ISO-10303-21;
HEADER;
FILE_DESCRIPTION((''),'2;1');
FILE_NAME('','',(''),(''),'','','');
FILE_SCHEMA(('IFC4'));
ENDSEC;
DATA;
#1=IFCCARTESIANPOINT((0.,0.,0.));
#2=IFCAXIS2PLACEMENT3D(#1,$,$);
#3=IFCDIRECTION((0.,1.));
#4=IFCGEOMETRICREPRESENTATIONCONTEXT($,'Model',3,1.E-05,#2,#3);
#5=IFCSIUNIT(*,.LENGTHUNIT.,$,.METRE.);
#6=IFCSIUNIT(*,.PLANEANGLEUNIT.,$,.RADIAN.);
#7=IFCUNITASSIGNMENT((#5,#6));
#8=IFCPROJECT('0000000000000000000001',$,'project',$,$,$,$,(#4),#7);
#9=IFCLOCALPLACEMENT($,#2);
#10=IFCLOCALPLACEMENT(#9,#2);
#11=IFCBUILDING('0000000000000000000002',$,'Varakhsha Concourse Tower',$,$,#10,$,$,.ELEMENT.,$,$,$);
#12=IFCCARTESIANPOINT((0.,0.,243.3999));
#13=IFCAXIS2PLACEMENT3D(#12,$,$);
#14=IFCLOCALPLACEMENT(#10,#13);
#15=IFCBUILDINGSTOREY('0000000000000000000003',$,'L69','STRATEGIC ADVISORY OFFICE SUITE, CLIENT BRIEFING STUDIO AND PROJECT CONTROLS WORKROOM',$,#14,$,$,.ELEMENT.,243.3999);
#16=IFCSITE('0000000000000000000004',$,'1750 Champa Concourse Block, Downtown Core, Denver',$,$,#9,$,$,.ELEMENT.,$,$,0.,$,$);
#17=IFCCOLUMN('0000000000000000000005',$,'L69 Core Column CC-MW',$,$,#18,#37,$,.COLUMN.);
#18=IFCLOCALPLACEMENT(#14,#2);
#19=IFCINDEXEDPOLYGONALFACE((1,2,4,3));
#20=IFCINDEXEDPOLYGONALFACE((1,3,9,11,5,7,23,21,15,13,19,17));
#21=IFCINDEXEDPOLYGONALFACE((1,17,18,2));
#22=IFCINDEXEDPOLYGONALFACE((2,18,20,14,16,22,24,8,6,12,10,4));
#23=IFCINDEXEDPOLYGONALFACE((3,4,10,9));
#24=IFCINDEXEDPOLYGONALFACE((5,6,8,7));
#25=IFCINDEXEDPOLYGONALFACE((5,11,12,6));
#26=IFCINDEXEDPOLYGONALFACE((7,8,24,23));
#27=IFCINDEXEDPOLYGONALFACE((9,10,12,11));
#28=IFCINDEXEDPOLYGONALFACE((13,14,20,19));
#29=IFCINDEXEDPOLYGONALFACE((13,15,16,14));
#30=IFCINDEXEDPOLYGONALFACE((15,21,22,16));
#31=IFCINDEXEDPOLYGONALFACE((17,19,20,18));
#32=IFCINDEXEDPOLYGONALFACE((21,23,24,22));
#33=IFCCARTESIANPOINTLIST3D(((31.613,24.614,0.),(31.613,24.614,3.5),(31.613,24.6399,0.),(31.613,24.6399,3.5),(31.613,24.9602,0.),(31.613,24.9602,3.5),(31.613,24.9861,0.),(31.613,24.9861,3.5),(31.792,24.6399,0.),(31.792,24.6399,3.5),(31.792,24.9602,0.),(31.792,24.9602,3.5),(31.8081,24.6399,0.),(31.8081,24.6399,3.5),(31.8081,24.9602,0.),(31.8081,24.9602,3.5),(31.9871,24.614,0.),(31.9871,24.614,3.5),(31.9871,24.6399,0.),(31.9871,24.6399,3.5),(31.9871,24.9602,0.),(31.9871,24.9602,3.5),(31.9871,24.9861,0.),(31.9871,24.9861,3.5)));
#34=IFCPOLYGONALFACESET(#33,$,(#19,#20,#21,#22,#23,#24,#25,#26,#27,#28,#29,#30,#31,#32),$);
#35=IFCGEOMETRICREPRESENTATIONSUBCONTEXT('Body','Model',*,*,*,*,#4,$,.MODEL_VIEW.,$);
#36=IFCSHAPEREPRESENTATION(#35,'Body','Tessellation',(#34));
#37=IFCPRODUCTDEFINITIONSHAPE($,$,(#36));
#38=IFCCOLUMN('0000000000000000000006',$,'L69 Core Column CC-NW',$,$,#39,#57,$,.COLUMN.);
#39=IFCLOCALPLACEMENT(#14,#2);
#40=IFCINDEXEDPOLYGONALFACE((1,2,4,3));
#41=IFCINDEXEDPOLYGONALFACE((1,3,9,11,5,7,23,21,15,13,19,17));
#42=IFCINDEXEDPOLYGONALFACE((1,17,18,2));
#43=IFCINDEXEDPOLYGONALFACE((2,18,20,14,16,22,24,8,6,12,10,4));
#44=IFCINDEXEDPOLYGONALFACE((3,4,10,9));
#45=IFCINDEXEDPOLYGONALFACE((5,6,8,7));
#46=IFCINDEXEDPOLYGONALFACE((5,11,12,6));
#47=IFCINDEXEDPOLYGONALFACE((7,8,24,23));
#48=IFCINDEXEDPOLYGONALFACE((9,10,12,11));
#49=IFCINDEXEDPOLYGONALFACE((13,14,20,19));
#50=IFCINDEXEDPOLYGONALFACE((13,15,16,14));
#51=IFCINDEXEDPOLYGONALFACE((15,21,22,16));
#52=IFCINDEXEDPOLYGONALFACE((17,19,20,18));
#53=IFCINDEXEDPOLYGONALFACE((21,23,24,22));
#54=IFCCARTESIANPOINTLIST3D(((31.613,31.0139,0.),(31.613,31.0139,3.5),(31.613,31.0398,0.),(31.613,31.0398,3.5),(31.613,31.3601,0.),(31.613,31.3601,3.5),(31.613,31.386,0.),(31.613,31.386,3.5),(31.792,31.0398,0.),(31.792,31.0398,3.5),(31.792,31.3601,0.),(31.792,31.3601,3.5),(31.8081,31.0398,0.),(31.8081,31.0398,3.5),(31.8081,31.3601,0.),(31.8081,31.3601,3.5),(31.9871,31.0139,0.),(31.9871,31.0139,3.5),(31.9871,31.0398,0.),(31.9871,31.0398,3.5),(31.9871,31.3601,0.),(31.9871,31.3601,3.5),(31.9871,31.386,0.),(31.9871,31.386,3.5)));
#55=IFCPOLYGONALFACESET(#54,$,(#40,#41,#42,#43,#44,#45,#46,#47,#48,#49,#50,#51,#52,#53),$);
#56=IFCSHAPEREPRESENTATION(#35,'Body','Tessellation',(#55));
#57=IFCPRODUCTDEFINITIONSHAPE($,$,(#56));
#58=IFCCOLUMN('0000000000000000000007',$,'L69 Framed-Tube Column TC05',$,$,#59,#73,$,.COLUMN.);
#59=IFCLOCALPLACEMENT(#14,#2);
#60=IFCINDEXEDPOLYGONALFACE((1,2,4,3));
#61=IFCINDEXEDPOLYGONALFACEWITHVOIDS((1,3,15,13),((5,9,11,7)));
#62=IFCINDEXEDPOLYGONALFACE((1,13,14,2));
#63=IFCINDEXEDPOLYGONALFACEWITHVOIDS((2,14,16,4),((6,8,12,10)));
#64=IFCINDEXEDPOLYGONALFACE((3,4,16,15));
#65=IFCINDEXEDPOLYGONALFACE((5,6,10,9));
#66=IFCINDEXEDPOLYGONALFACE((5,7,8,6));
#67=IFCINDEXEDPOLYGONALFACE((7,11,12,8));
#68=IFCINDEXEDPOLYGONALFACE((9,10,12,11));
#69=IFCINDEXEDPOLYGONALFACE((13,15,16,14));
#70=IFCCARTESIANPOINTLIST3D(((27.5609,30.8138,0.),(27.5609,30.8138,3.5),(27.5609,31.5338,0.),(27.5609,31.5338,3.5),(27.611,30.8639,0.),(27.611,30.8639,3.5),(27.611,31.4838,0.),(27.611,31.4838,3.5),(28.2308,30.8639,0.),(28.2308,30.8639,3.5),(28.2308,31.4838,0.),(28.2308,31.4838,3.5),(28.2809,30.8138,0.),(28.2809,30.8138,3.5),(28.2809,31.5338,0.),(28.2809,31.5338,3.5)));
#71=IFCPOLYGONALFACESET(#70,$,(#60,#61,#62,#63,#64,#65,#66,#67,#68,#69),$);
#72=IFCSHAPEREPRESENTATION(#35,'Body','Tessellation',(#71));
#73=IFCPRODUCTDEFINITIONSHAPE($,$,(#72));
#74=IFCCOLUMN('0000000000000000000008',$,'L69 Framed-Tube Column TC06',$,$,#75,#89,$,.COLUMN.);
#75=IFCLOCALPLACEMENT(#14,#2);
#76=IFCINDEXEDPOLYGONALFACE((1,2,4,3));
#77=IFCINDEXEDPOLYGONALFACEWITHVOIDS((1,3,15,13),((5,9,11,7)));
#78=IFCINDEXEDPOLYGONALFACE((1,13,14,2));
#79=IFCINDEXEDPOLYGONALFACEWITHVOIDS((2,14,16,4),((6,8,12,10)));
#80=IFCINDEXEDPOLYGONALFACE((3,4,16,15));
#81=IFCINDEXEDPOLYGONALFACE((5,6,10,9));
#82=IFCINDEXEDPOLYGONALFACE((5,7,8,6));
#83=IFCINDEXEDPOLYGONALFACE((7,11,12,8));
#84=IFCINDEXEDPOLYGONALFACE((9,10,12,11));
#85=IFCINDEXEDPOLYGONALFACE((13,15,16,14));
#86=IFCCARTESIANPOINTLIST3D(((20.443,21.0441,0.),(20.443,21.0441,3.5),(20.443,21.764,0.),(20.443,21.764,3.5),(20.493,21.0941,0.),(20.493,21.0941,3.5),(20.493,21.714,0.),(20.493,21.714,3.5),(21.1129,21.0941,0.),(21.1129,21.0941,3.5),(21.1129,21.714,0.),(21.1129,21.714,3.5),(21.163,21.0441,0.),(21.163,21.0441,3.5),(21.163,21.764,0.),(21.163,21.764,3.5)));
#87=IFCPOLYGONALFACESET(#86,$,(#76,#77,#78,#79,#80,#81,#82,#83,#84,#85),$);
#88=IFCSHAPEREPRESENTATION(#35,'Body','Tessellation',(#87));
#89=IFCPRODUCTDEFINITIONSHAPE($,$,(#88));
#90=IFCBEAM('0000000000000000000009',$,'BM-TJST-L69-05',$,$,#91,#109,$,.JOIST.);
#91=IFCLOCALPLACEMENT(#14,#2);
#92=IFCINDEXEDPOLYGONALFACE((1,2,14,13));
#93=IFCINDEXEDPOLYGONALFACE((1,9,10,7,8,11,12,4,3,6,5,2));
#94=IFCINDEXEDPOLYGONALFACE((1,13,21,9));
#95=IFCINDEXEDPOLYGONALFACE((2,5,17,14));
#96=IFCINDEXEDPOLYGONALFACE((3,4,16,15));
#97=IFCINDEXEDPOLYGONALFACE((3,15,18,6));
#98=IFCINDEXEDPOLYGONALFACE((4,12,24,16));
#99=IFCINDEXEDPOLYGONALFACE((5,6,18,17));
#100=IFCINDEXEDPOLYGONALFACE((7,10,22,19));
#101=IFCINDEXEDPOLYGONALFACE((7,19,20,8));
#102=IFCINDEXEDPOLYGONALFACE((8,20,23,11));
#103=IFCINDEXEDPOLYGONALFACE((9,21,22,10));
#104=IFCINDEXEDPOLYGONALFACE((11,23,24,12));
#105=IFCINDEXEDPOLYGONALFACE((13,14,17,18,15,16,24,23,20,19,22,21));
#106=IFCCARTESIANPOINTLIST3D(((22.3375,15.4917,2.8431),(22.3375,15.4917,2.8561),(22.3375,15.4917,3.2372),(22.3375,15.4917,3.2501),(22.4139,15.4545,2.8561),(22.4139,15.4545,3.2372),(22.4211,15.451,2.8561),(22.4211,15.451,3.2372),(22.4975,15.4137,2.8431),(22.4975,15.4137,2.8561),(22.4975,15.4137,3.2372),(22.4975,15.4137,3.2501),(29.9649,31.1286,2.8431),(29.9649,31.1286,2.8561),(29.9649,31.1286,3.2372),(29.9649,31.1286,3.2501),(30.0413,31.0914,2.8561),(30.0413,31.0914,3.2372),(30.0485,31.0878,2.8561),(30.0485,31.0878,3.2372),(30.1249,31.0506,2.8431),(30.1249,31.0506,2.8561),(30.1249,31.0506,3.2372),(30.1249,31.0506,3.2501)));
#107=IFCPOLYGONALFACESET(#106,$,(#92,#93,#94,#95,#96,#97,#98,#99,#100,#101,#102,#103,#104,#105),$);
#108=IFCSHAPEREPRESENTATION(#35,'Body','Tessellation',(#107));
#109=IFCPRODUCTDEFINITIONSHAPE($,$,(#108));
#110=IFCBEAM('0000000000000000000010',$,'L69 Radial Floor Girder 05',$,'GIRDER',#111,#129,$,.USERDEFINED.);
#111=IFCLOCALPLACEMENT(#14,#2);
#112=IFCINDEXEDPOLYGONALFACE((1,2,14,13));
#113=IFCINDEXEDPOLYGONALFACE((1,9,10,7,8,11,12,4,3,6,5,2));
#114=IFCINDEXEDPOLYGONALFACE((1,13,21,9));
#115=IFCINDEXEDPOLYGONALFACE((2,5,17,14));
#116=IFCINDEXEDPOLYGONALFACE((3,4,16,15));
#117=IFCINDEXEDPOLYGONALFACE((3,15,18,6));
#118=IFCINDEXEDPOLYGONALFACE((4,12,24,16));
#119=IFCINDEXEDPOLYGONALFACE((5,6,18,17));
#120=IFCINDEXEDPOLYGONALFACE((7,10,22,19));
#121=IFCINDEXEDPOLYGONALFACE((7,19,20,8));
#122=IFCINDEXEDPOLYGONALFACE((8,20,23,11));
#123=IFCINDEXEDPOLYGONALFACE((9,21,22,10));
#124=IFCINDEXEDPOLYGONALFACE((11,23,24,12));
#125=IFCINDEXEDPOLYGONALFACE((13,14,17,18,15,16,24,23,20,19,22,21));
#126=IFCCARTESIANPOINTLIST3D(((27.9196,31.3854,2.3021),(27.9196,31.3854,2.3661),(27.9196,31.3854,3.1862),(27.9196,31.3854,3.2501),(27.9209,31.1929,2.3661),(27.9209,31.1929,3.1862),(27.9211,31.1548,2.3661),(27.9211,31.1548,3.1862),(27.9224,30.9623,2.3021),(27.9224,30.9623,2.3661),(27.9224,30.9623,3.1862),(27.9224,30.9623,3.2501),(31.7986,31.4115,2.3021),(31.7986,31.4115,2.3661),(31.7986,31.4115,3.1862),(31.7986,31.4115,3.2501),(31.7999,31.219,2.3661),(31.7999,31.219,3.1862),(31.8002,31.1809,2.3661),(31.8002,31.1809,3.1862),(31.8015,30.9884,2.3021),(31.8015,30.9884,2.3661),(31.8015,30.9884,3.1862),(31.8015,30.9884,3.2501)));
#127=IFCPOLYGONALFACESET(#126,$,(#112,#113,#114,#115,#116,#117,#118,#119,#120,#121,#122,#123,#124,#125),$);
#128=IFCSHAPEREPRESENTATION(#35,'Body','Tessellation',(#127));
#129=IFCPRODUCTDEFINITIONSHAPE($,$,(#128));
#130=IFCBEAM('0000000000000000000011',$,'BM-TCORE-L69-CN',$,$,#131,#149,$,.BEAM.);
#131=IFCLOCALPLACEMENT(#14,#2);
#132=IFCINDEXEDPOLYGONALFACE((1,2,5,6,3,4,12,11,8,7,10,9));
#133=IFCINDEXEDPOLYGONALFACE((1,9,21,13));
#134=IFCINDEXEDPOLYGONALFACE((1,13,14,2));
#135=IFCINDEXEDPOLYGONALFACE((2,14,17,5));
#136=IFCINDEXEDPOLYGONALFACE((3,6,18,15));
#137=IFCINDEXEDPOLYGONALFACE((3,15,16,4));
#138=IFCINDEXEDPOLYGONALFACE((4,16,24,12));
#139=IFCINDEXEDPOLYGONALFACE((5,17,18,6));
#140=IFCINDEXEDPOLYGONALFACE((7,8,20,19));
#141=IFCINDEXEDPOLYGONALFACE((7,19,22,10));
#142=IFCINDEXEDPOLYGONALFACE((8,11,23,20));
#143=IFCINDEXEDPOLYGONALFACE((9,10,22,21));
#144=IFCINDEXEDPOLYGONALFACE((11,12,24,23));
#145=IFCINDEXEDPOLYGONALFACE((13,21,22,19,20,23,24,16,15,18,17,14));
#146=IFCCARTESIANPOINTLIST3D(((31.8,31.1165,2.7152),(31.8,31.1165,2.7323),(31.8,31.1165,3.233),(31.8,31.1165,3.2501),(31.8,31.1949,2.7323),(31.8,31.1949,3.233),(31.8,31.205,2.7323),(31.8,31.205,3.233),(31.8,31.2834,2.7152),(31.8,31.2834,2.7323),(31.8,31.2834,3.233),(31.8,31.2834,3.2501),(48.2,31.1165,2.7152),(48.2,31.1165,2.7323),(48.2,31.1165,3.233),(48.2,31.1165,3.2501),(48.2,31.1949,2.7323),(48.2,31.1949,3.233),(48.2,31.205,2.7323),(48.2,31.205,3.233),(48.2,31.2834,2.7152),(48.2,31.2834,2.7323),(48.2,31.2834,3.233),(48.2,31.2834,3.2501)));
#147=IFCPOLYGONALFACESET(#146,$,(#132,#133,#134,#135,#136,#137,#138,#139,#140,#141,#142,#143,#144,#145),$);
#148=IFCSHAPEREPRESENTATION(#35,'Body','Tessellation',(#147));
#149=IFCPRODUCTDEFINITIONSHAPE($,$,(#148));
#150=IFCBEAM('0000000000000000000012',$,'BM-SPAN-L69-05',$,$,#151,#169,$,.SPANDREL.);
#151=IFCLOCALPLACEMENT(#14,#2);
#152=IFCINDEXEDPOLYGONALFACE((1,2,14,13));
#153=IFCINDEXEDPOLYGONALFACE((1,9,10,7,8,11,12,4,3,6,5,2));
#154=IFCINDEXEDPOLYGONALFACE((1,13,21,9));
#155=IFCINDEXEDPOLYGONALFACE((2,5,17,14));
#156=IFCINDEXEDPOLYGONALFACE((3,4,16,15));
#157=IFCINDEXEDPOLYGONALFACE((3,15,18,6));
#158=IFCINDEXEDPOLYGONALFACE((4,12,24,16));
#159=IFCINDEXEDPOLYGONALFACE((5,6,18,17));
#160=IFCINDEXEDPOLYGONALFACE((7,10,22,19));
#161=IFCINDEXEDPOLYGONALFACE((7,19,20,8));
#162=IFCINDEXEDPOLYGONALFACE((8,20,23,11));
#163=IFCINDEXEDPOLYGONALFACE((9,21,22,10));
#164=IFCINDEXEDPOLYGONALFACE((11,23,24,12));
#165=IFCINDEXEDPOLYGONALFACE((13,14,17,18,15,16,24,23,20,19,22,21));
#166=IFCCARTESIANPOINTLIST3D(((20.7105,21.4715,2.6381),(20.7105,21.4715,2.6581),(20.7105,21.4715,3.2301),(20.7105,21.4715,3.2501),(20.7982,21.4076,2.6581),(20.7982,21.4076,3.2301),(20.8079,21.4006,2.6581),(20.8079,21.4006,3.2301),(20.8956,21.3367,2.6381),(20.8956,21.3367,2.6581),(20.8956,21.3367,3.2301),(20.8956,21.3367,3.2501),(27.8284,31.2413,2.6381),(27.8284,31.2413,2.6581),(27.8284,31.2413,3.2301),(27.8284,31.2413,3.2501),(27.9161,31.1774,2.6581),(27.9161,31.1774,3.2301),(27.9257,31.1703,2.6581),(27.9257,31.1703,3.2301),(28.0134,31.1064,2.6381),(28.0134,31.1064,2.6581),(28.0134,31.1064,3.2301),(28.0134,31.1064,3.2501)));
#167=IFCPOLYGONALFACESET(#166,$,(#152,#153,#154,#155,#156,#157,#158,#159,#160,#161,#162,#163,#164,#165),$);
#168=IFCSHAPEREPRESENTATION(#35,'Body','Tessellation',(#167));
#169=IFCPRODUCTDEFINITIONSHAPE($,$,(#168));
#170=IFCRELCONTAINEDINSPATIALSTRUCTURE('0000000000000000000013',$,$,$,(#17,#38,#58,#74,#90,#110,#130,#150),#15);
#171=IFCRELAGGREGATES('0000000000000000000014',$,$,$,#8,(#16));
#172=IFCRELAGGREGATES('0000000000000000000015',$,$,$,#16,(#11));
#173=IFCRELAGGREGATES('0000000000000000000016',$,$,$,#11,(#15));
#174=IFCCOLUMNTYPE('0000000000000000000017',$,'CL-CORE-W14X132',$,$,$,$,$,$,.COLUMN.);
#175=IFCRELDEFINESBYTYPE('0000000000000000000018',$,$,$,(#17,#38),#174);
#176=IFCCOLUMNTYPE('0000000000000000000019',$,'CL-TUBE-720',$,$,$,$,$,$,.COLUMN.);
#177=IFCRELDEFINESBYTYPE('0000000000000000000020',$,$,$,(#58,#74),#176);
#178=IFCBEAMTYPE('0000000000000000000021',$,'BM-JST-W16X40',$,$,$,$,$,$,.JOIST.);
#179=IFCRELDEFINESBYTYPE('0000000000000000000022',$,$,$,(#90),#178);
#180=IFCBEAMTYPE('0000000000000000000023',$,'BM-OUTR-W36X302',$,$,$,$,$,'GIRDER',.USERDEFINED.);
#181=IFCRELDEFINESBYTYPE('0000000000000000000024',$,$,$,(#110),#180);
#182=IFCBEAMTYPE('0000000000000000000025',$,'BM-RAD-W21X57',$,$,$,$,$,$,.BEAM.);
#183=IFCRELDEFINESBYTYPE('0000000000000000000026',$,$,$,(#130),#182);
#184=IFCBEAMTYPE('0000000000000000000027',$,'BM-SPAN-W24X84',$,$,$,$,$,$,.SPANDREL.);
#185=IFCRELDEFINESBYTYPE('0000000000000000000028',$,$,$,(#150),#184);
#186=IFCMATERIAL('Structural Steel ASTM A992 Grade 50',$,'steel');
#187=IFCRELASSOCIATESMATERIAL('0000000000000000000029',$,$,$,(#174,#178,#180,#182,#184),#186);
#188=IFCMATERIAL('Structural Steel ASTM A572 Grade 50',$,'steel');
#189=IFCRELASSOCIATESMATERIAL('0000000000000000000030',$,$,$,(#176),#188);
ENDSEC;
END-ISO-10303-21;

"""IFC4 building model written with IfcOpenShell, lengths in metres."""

from ifc_helpers import new_model, si_unit, direction, frame, origin, origin_2d, place, context, subcontext, project, spatial, hollow_rectangle, i_section, extrude, material, material_profile, profile_set, type_object, element, save


model = new_model("IFC4")

# Units and contexts
model_context = context("Model", 3, precision=1e-05, world=origin(), true_north=direction((0.0, 1.0)))
body_context = subcontext(model_context, "Body", "Model", "MODEL_VIEW")
ifc_project = project(units=[si_unit("LENGTHUNIT", "METRE"), si_unit("PLANEANGLEUNIT", "RADIAN")], contexts=[model_context])

# Site, building, storey
site_placement = place(None, origin())
site = spatial("IfcSite", under=ifc_project, at=site_placement, Name="1750 Champa Concourse Block, Downtown Core, Denver", CompositionType="ELEMENT", RefElevation=0.0)
building_placement = place(site_placement, origin())
building = spatial("IfcBuilding", under=site, at=building_placement, Name="Varakhsha Concourse Tower", CompositionType="ELEMENT")
storey_placement = place(building_placement, frame((0.0, 0.0, 243.3999)))
storey = spatial("IfcBuildingStorey", under=building, at=storey_placement, Name="L69", Description="STRATEGIC ADVISORY OFFICE SUITE, CLIENT BRIEFING STUDIO AND PROJECT CONTROLS WORKROOM", CompositionType="ELEMENT", Elevation=243.3999)

# Columns
ifc_material_1 = material(Name="Structural Steel ASTM A992 Grade 50", Category="steel")
ifc_material_profile_1 = material_profile(ifc_material_1, i_section(OverallWidth=0.374, OverallDepth=0.3721, WebThickness=0.0161, FlangeThickness=0.0259, at=origin_2d()), Name="W14X132")
ifc_profile_set_1 = profile_set([ifc_material_profile_1], Name="Structural Steel ASTM A992 Grade 50")
column_type_1 = type_object("IfcColumnType", Name="CL-CORE-W14X132", PredefinedType="COLUMN", material=ifc_profile_set_1)
for number, where, z_axis, x_axis, name in (
    (1, (31.8, 24.8, 0.0), (0.0, 0.0, 1.0), (1.0, 0.0, 0.0), "L69 Core Column CC-MW"),
    (2, (31.8, 31.2, 0.0), (0.0, 0.0, 1.0), (1.0, 0.0, 0.0), "L69 Core Column CC-NW"),
):
    element("IfcColumn", number, at=place(storey_placement, frame(where, z_axis=z_axis, x_axis=x_axis)), inside=storey, type_object=column_type_1, Name=name, PredefinedType="COLUMN", context=body_context, shape_type="SweptSolid", body=[
        extrude(i_section(OverallWidth=0.374, OverallDepth=0.3721, WebThickness=0.0161, FlangeThickness=0.0259, at=origin_2d()), origin(), (0.0, 0.0, 1.0), 3.5),
    ])
ifc_material_2 = material(Name="Structural Steel ASTM A572 Grade 50", Category="steel")
ifc_material_profile_2 = material_profile(ifc_material_2, hollow_rectangle(XDim=0.72, YDim=0.72, WallThickness=0.05, at=origin_2d()), Name="BOX 720x720x50")
ifc_profile_set_2 = profile_set([ifc_material_profile_2], Name="Structural Steel ASTM A572 Grade 50")
column_type_2 = type_object("IfcColumnType", Name="CL-TUBE-720", PredefinedType="COLUMN", material=ifc_profile_set_2)
for number, where, z_axis, x_axis, name in (
    (3, (27.9209, 31.1738, 0.0), (0.0, 0.0, 1.0), (1.0, 0.0, 0.0), "L69 Framed-Tube Column TC05"),
    (4, (20.803, 21.4041, 0.0), (0.0, 0.0, 1.0), (1.0, 0.0, 0.0), "L69 Framed-Tube Column TC06"),
):
    element("IfcColumn", number, at=place(storey_placement, frame(where, z_axis=z_axis, x_axis=x_axis)), inside=storey, type_object=column_type_2, Name=name, PredefinedType="COLUMN", context=body_context, shape_type="SweptSolid", body=[
        extrude(hollow_rectangle(XDim=0.72, YDim=0.72, WallThickness=0.05, at=origin_2d()), origin(), (0.0, 0.0, 1.0), 3.5),
    ])

# Beams
ifc_material_profile_3 = material_profile(ifc_material_1, i_section(OverallWidth=0.178, OverallDepth=0.407, WebThickness=0.0081, FlangeThickness=0.0129, at=origin_2d()), Name="W16X40")
ifc_profile_set_3 = profile_set([ifc_material_profile_3], Name="Structural Steel ASTM A992 Grade 50")
beam_type_1 = type_object("IfcBeamType", Name="BM-JST-W16X40", PredefinedType="JOIST", material=ifc_profile_set_3)
beam_1_placement = place(storey_placement, frame((30.0449, 31.0896, 3.0466), z_axis=(-0.438408, -0.898776, 0.0), x_axis=(0.898776, -0.438408, 0.0)))
element("IfcBeam", 5, at=beam_1_placement, inside=storey, type_object=beam_type_1, Name="BM-TJST-L69-05", PredefinedType="JOIST", context=body_context, shape_type="SweptSolid", body=[
    extrude(i_section(OverallWidth=0.178, OverallDepth=0.407, WebThickness=0.0081, FlangeThickness=0.0129, at=origin_2d()), origin(), (0.0, 0.0, 1.0), 17.3979),
])
ifc_material_profile_4 = material_profile(ifc_material_1, i_section(OverallWidth=0.4231, OverallDepth=0.948, WebThickness=0.0381, FlangeThickness=0.064, at=origin_2d()), Name="W36X302")
ifc_profile_set_4 = profile_set([ifc_material_profile_4], Name="Structural Steel ASTM A992 Grade 50")
beam_type_2 = type_object("IfcBeamType", Name="BM-OUTR-W36X302", ElementType="GIRDER", PredefinedType="USERDEFINED", material=ifc_profile_set_4)
beam_2_placement = place(storey_placement, frame((31.8, 31.2, 2.7761), z_axis=(-0.999977, -0.006734, 0.0), x_axis=(0.006734, -0.999977, 0.0)))
element("IfcBeam", 6, at=beam_2_placement, inside=storey, type_object=beam_type_2, Name="L69 Radial Floor Girder 05", ObjectType="GIRDER", PredefinedType="USERDEFINED", context=body_context, shape_type="SweptSolid", body=[
    extrude(i_section(OverallWidth=0.4231, OverallDepth=0.948, WebThickness=0.0381, FlangeThickness=0.064, at=origin_2d()), origin(), (0.0, 0.0, 1.0), 3.8792),
])
ifc_material_profile_5 = material_profile(ifc_material_1, i_section(OverallWidth=0.167, OverallDepth=0.5349, WebThickness=0.01, FlangeThickness=0.0171, at=origin_2d()), Name="W21X57")
ifc_profile_set_5 = profile_set([ifc_material_profile_5], Name="Structural Steel ASTM A992 Grade 50")
beam_type_3 = type_object("IfcBeamType", Name="BM-RAD-W21X57", PredefinedType="BEAM", material=ifc_profile_set_5)
beam_3_placement = place(storey_placement, frame((31.8, 31.2, 2.9827), z_axis=(1.0, 0.0, 0.0), x_axis=(0.0, 1.0, 0.0)))
element("IfcBeam", 7, at=beam_3_placement, inside=storey, type_object=beam_type_3, Name="BM-TCORE-L69-CN", PredefinedType="BEAM", context=body_context, shape_type="SweptSolid", body=[
    extrude(i_section(OverallWidth=0.167, OverallDepth=0.5349, WebThickness=0.01, FlangeThickness=0.0171, at=origin_2d()), origin(), (0.0, 0.0, 1.0), 16.3999),
])
ifc_material_profile_6 = material_profile(ifc_material_1, i_section(OverallWidth=0.229, OverallDepth=0.6121, WebThickness=0.012, FlangeThickness=0.02, at=origin_2d()), Name="W24X84")
ifc_profile_set_6 = profile_set([ifc_material_profile_6], Name="Structural Steel ASTM A992 Grade 50")
beam_type_4 = type_object("IfcBeamType", Name="BM-SPAN-W24X84", PredefinedType="SPANDREL", material=ifc_profile_set_6)
beam_4_placement = place(storey_placement, frame((27.9209, 31.1738, 2.9441), z_axis=(-0.588855, -0.808239, 0.0), x_axis=(0.808239, -0.588855, 0.0)))
element("IfcBeam", 8, at=beam_4_placement, inside=storey, type_object=beam_type_4, Name="BM-SPAN-L69-05", PredefinedType="SPANDREL", context=body_context, shape_type="SweptSolid", body=[
    extrude(i_section(OverallWidth=0.229, OverallDepth=0.6121, WebThickness=0.012, FlangeThickness=0.02, at=origin_2d()), origin(), (0.0, 0.0, 1.0), 12.0876),
])

save(model, "model.ifc")
